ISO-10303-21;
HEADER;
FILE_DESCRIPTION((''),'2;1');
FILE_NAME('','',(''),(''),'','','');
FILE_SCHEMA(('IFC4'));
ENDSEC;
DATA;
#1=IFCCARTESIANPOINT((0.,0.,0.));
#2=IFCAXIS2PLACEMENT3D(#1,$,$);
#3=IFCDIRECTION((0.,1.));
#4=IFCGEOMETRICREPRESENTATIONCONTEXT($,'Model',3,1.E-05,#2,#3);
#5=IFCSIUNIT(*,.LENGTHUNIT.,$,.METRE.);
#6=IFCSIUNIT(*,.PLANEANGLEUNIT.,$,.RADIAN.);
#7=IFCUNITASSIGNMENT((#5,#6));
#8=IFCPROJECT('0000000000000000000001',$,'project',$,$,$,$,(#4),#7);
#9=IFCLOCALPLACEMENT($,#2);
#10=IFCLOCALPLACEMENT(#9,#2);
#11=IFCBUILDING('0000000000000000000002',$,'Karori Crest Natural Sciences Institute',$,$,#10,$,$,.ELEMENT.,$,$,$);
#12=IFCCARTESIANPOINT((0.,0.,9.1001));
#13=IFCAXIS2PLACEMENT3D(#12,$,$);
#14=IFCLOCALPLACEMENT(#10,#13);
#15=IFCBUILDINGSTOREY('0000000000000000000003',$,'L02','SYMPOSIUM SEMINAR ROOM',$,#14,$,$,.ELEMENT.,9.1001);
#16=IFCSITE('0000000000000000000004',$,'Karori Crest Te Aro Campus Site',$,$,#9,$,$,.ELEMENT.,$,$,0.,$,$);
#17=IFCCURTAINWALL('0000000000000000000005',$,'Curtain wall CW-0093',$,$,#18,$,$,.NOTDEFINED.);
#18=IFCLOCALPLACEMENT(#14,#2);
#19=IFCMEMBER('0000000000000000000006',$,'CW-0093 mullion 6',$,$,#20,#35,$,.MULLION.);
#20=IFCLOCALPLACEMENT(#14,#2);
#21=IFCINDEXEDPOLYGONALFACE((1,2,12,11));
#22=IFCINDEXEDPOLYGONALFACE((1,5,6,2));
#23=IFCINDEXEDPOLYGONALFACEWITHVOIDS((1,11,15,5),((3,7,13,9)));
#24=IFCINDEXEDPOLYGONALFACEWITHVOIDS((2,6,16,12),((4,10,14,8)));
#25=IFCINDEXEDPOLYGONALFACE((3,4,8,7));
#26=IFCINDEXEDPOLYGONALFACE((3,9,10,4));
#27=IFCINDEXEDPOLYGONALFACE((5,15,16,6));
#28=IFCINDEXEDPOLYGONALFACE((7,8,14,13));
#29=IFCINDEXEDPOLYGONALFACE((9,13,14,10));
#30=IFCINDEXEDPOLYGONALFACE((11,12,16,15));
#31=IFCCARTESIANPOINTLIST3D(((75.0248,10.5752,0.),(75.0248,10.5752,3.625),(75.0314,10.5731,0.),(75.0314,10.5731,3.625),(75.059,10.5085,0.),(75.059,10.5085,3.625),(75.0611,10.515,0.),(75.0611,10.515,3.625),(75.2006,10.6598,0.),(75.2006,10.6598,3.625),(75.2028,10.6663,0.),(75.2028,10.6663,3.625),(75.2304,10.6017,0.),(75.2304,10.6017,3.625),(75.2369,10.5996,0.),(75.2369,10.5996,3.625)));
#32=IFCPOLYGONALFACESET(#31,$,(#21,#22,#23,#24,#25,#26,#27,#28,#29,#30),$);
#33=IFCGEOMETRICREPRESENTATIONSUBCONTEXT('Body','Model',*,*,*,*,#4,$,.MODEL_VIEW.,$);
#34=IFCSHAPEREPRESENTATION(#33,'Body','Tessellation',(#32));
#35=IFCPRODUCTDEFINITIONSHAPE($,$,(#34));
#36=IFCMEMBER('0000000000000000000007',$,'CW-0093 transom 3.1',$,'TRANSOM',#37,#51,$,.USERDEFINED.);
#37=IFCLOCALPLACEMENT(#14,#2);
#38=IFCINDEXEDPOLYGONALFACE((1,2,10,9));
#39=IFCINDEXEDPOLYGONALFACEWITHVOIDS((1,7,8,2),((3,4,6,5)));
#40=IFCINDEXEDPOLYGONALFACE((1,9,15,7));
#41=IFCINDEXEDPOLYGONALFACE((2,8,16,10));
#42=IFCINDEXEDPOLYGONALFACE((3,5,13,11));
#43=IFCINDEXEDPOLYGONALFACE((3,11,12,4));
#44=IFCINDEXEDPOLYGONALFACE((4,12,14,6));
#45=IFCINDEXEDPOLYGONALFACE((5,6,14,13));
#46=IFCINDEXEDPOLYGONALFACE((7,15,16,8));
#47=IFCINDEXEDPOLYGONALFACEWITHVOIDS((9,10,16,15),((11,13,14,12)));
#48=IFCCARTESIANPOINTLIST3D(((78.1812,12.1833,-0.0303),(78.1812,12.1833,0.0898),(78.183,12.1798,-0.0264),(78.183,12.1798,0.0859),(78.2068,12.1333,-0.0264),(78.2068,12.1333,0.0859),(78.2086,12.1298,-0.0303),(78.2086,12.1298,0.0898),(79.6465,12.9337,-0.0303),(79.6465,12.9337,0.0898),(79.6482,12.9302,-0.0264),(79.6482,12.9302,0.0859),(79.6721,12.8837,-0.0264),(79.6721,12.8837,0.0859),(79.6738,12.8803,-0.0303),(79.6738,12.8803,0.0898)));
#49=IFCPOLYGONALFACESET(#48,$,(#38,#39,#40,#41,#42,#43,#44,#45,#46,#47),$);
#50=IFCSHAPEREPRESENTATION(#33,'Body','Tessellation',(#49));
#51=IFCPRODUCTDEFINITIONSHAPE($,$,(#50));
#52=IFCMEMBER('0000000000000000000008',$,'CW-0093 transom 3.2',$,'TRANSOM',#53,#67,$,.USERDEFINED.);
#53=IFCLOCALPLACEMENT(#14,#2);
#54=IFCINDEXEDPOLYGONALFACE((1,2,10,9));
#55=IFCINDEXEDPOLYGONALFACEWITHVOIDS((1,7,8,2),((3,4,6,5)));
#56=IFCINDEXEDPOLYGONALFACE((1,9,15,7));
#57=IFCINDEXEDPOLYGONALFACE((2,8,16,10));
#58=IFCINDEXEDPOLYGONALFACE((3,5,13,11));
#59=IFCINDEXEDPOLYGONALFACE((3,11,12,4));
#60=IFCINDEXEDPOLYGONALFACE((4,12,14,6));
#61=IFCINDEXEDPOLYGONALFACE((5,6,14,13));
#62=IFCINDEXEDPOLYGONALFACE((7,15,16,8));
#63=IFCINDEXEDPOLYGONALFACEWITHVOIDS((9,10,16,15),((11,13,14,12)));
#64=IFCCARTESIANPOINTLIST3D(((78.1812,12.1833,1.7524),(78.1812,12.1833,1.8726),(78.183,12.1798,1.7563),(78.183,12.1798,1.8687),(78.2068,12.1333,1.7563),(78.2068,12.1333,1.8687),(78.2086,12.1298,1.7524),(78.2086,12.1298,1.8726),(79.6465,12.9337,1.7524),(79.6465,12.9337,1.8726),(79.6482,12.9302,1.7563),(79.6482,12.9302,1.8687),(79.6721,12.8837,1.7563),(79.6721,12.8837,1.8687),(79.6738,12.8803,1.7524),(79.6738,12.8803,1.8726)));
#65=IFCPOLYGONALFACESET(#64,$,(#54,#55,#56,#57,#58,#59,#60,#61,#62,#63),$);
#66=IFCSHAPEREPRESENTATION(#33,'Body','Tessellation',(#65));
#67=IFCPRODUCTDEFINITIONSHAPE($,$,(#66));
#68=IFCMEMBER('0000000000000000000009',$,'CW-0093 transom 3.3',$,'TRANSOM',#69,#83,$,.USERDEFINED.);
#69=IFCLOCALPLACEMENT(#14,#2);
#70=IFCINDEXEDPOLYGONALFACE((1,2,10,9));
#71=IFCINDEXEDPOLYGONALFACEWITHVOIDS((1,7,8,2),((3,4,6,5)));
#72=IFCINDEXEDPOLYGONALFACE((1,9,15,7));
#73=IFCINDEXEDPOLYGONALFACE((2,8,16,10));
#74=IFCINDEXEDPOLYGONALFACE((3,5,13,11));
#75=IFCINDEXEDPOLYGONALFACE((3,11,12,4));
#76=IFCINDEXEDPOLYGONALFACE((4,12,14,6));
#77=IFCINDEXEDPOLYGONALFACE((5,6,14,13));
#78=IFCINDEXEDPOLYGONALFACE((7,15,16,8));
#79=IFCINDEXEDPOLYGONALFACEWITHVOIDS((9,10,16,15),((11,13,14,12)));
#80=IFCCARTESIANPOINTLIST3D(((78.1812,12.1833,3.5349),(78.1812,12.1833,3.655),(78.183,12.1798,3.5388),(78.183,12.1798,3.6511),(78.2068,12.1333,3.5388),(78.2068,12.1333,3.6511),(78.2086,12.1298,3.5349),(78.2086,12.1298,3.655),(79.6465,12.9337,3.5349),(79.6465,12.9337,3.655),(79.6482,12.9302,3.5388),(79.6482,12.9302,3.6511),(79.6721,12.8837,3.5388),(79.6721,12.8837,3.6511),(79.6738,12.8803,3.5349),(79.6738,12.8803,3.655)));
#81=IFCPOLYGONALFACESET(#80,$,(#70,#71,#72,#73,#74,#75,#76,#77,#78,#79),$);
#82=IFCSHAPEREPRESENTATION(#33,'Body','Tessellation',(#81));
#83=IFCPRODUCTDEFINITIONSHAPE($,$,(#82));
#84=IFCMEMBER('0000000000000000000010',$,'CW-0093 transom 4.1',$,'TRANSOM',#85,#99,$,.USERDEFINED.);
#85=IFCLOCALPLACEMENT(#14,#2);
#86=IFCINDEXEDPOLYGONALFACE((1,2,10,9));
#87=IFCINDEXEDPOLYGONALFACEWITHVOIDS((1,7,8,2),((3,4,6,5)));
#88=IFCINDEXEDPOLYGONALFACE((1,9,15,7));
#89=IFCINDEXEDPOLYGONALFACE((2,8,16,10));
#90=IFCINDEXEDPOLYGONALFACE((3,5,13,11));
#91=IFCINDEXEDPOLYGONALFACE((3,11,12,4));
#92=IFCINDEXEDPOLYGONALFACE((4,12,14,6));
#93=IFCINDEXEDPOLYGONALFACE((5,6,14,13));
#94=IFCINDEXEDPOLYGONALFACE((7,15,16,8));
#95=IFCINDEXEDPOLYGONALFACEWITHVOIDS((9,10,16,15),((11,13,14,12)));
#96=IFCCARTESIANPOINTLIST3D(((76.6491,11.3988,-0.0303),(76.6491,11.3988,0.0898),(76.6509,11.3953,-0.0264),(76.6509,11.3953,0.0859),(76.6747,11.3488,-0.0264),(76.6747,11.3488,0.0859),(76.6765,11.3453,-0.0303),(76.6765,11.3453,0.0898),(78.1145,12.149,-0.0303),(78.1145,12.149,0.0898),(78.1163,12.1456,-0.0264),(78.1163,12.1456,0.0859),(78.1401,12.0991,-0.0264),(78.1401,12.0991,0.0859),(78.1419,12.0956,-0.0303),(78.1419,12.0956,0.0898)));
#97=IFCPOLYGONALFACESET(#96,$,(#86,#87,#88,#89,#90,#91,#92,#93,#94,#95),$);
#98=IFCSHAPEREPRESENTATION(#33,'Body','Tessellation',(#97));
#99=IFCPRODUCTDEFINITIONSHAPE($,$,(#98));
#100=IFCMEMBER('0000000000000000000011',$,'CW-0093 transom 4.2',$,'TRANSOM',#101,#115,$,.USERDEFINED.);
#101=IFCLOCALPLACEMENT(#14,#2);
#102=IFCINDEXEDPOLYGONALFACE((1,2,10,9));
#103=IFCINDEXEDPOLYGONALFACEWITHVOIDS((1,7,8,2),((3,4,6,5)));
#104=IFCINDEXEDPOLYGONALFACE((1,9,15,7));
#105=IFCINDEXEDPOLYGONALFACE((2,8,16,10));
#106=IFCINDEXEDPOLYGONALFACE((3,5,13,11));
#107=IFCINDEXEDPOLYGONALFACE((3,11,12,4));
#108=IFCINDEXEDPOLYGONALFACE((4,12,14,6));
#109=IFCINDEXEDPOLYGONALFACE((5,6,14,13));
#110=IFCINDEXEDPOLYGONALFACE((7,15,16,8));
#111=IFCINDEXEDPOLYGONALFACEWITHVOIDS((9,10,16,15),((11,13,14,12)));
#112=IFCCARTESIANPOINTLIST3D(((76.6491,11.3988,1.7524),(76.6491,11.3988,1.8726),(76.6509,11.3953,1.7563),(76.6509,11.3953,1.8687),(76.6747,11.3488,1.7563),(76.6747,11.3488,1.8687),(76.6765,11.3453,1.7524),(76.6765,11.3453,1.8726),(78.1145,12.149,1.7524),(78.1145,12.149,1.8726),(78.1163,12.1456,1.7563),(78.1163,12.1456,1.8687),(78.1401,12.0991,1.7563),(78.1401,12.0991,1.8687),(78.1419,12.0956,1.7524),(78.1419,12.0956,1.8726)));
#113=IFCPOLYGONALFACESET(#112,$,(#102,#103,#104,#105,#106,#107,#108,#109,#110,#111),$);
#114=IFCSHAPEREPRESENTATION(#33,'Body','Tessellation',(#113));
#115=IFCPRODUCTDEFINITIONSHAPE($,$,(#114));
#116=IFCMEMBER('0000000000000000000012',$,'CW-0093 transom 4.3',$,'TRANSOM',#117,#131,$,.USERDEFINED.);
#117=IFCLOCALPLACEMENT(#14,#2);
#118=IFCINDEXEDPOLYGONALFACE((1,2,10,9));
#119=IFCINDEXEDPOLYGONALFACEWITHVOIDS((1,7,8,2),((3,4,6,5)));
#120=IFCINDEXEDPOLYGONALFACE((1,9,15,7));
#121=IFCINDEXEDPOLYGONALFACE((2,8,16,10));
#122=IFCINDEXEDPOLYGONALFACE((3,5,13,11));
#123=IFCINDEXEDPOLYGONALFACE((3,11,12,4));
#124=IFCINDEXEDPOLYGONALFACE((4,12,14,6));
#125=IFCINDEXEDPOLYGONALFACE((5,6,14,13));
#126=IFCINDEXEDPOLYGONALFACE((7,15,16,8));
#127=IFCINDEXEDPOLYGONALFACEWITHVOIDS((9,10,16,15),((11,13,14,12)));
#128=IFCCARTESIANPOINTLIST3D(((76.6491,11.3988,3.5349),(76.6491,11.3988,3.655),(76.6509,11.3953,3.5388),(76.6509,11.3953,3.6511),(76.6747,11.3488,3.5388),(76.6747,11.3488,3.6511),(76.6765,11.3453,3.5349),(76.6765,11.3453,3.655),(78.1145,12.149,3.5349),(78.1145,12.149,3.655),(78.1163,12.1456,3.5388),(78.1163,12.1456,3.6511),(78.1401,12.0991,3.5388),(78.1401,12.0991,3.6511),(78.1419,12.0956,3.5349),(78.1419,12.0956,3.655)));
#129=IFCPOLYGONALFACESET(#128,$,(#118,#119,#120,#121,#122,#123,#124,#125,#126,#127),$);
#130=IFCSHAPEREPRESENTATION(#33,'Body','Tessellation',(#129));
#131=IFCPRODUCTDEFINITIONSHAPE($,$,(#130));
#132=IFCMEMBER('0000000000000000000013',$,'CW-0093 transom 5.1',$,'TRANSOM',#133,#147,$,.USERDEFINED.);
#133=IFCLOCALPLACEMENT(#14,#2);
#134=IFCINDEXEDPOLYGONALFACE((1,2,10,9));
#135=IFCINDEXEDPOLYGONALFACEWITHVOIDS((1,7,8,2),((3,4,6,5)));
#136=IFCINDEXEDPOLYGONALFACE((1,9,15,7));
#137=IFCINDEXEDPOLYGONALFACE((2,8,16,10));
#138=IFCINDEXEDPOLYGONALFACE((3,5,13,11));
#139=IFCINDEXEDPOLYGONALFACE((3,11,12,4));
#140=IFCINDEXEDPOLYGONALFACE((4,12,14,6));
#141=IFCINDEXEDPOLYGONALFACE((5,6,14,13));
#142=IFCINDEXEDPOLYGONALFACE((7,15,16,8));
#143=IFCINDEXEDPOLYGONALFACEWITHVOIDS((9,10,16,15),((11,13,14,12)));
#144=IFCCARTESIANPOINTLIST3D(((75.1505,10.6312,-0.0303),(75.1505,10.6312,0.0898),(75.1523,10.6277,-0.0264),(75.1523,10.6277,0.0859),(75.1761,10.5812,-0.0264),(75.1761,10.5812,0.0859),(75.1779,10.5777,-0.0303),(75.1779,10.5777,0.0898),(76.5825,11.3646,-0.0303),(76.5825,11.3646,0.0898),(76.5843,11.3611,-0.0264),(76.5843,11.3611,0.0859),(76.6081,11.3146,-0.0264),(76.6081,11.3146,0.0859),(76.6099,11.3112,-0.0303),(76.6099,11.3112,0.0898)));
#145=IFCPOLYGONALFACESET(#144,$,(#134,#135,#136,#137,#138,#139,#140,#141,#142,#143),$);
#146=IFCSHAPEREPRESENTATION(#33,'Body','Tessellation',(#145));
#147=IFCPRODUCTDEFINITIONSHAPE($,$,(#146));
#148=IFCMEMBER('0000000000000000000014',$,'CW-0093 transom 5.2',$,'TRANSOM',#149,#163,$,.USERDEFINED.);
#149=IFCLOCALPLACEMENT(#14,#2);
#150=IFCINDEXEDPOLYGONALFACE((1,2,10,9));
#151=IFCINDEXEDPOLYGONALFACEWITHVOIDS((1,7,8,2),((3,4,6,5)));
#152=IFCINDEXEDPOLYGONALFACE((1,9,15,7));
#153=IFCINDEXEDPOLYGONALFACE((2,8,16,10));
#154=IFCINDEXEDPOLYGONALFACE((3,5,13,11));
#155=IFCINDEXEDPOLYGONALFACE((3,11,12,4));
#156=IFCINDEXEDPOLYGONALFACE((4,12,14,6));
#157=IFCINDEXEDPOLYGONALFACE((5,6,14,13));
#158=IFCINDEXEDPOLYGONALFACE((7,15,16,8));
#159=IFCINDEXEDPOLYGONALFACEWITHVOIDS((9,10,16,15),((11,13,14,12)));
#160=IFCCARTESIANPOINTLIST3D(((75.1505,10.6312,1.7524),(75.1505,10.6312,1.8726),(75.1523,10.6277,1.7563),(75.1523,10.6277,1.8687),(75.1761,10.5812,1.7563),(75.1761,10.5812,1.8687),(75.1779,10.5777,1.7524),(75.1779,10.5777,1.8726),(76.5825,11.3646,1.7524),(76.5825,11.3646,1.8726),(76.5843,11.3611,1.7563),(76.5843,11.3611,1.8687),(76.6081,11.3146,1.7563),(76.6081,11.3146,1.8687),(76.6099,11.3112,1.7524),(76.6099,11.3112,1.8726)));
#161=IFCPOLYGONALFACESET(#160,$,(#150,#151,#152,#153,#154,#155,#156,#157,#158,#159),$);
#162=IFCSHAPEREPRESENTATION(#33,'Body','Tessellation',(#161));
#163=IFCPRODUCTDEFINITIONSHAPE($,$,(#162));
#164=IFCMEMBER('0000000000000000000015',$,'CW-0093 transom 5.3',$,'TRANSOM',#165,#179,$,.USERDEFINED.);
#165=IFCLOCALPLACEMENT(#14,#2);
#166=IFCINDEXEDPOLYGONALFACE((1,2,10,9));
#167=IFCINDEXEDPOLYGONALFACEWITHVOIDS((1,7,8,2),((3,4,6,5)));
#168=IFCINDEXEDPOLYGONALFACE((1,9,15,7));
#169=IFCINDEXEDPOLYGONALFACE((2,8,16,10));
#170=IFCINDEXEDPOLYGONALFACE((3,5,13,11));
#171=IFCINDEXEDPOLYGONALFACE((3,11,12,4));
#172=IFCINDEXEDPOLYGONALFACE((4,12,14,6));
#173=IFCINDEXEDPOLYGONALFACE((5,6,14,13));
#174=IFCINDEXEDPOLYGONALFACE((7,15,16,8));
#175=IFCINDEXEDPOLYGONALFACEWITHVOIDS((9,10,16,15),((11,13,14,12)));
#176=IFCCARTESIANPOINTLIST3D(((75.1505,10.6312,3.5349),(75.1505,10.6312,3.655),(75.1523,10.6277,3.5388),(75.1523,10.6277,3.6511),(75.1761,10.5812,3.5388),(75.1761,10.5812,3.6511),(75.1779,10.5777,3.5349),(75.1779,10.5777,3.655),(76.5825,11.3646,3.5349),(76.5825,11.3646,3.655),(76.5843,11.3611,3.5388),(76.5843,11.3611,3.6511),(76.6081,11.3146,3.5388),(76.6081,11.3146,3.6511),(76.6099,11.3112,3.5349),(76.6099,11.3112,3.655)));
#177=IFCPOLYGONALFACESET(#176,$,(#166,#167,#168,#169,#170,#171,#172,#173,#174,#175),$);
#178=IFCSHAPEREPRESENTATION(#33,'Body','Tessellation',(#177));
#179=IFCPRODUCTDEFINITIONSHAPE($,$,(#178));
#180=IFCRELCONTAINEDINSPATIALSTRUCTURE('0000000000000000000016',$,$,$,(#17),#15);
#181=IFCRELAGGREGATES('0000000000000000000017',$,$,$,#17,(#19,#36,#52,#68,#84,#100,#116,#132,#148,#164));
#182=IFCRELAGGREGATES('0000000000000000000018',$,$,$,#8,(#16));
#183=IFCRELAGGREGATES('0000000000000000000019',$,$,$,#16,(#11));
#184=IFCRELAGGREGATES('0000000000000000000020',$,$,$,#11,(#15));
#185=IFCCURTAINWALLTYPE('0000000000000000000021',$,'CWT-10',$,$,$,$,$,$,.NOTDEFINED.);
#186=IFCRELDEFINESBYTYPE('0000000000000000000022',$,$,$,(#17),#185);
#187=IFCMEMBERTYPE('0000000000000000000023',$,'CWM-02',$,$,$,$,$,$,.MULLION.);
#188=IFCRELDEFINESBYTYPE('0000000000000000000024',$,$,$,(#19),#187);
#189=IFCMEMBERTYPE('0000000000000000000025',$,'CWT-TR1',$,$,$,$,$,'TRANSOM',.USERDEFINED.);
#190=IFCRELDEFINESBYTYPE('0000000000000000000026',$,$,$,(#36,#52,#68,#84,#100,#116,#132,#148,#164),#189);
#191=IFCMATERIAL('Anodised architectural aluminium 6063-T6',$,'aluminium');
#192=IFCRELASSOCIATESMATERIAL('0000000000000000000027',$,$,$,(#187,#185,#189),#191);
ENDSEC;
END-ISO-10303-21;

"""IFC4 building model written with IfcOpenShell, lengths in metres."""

from ifc_helpers import new_model, si_unit, direction, frame, origin, origin_2d, place, context, subcontext, project, spatial, hollow_rectangle, extrude, material, material_profile, profile_set, type_object, element, aggregate, save


model = new_model("IFC4")

# Units and contexts
model_context = context("Model", 3, precision=1e-05, world=origin(), true_north=direction((0.0, 1.0)))
body_context = subcontext(model_context, "Body", "Model", "MODEL_VIEW")
ifc_project = project(units=[si_unit("LENGTHUNIT", "METRE"), si_unit("PLANEANGLEUNIT", "RADIAN")], contexts=[model_context])

# Site, building, storey
site_placement = place(None, origin())
site = spatial("IfcSite", under=ifc_project, at=site_placement, Name="Karori Crest Te Aro Campus Site", CompositionType="ELEMENT", RefElevation=0.0)
building_placement = place(site_placement, origin())
building = spatial("IfcBuilding", under=site, at=building_placement, Name="Karori Crest Natural Sciences Institute", CompositionType="ELEMENT")
storey_placement = place(building_placement, frame((0.0, 0.0, 9.1001)))
storey = spatial("IfcBuildingStorey", under=building, at=storey_placement, Name="L02", Description="SYMPOSIUM SEMINAR ROOM", CompositionType="ELEMENT", Elevation=9.1001)

# Shared definitions
ifc_material_1 = material(Name="Anodised architectural aluminium 6063-T6", Category="aluminium")
ifc_material_profile_1 = material_profile(ifc_material_1, hollow_rectangle(XDim=0.075, YDim=0.2, WallThickness=0.0049, at=origin_2d()), Name="CWM200x75x5")
ifc_profile_set_1 = profile_set([ifc_material_profile_1], Name="Anodised architectural aluminium 6063-T6")
member_type_1 = type_object("IfcMemberType", Name="CWM-02", PredefinedType="MULLION", material=ifc_profile_set_1)

# Curtain wall, members
curtain_wall_type_1 = type_object("IfcCurtainWallType", Name="CWT-10", PredefinedType="NOTDEFINED", material=ifc_material_1)
curtain_wall_1_placement = place(storey_placement, origin())
curtain_wall_1 = element("IfcCurtainWall", 1, at=curtain_wall_1_placement, inside=storey, type_object=curtain_wall_type_1, Name="Curtain wall CW-0093", PredefinedType="NOTDEFINED")
member_1_placement = place(storey_placement, frame((75.1309, 10.5874, 0.0), z_axis=(0.0, 0.0, 1.0), x_axis=(0.455833, -0.890065, 0.0)))
member_1 = element("IfcMember", 2, at=member_1_placement, type_object=member_type_1, Name="CW-0093 mullion 6", PredefinedType="MULLION", context=body_context, shape_type="SweptSolid", body=[
    extrude(hollow_rectangle(XDim=0.075, YDim=0.2, WallThickness=0.0049, at=origin_2d()), origin(), (0.0, 0.0, 1.0), 3.625),
])
ifc_material_profile_2 = material_profile(ifc_material_1, hollow_rectangle(XDim=0.0601, YDim=0.1201, WallThickness=0.0039, at=origin_2d()), Name="CWT120x60x4")
ifc_profile_set_2 = profile_set([ifc_material_profile_2], Name="Anodised architectural aluminium 6063-T6")
member_type_2 = type_object("IfcMemberType", Name="CWT-TR1", ElementType="TRANSOM", PredefinedType="USERDEFINED", material=ifc_profile_set_2)
member_2_placement = place(storey_placement, frame((79.6602, 12.907, 0.0298), z_axis=(-0.890055, -0.455853, 0.0), x_axis=(0.455853, -0.890055, 0.0)))
member_2 = element("IfcMember", 3, at=member_2_placement, type_object=member_type_2, Name="CW-0093 transom 3.1", ObjectType="TRANSOM", PredefinedType="USERDEFINED", context=body_context, shape_type="SweptSolid", body=[
    extrude(hollow_rectangle(XDim=0.0601, YDim=0.1201, WallThickness=0.0039, at=origin_2d()), origin(), (0.0, 0.0, 1.0), 1.6462),
])
member_3_placement = place(storey_placement, frame((79.6602, 12.907, 1.8125), z_axis=(-0.890055, -0.455853, 0.0), x_axis=(0.455853, -0.890055, 0.0)))
member_3 = element("IfcMember", 4, at=member_3_placement, type_object=member_type_2, Name="CW-0093 transom 3.2", ObjectType="TRANSOM", PredefinedType="USERDEFINED", context=body_context, shape_type="SweptSolid", body=[
    extrude(hollow_rectangle(XDim=0.0601, YDim=0.1201, WallThickness=0.0039, at=origin_2d()), origin(), (0.0, 0.0, 1.0), 1.6462),
])
member_4_placement = place(storey_placement, frame((79.6602, 12.907, 3.595), z_axis=(-0.890055, -0.455853, 0.0), x_axis=(0.455853, -0.890055, 0.0)))
member_4 = element("IfcMember", 5, at=member_4_placement, type_object=member_type_2, Name="CW-0093 transom 3.3", ObjectType="TRANSOM", PredefinedType="USERDEFINED", context=body_context, shape_type="SweptSolid", body=[
    extrude(hollow_rectangle(XDim=0.0601, YDim=0.1201, WallThickness=0.0039, at=origin_2d()), origin(), (0.0, 0.0, 1.0), 1.6462),
])
member_5_placement = place(storey_placement, frame((78.1282, 12.1223, 0.0298), z_axis=(-0.890115, -0.455735, 0.0), x_axis=(0.455735, -0.890115, 0.0)))
member_5 = element("IfcMember", 6, at=member_5_placement, type_object=member_type_2, Name="CW-0093 transom 4.1", ObjectType="TRANSOM", PredefinedType="USERDEFINED", context=body_context, shape_type="SweptSolid", body=[
    extrude(hollow_rectangle(XDim=0.0601, YDim=0.1201, WallThickness=0.0039, at=origin_2d()), origin(), (0.0, 0.0, 1.0), 1.6462),
])
member_6_placement = place(storey_placement, frame((78.1282, 12.1223, 1.8125), z_axis=(-0.890115, -0.455735, 0.0), x_axis=(0.455735, -0.890115, 0.0)))
member_6 = element("IfcMember", 7, at=member_6_placement, type_object=member_type_2, Name="CW-0093 transom 4.2", ObjectType="TRANSOM", PredefinedType="USERDEFINED", context=body_context, shape_type="SweptSolid", body=[
    extrude(hollow_rectangle(XDim=0.0601, YDim=0.1201, WallThickness=0.0039, at=origin_2d()), origin(), (0.0, 0.0, 1.0), 1.6462),
])
member_7_placement = place(storey_placement, frame((78.1282, 12.1223, 3.595), z_axis=(-0.890115, -0.455735, 0.0), x_axis=(0.455735, -0.890115, 0.0)))
member_7 = element("IfcMember", 8, at=member_7_placement, type_object=member_type_2, Name="CW-0093 transom 4.3", ObjectType="TRANSOM", PredefinedType="USERDEFINED", context=body_context, shape_type="SweptSolid", body=[
    extrude(hollow_rectangle(XDim=0.0601, YDim=0.1201, WallThickness=0.0039, at=origin_2d()), origin(), (0.0, 0.0, 1.0), 1.6462),
])
member_8_placement = place(storey_placement, frame((76.5962, 11.3379, 0.0298), z_axis=(-0.890045, -0.455873, 0.0), x_axis=(0.455873, -0.890045, 0.0)))
member_8 = element("IfcMember", 9, at=member_8_placement, type_object=member_type_2, Name="CW-0093 transom 5.1", ObjectType="TRANSOM", PredefinedType="USERDEFINED", context=body_context, shape_type="SweptSolid", body=[
    extrude(hollow_rectangle(XDim=0.0601, YDim=0.1201, WallThickness=0.0039, at=origin_2d()), origin(), (0.0, 0.0, 1.0), 1.6089),
])
member_9_placement = place(storey_placement, frame((76.5962, 11.3379, 1.8125), z_axis=(-0.890045, -0.455873, 0.0), x_axis=(0.455873, -0.890045, 0.0)))
member_9 = element("IfcMember", 10, at=member_9_placement, type_object=member_type_2, Name="CW-0093 transom 5.2", ObjectType="TRANSOM", PredefinedType="USERDEFINED", context=body_context, shape_type="SweptSolid", body=[
    extrude(hollow_rectangle(XDim=0.0601, YDim=0.1201, WallThickness=0.0039, at=origin_2d()), origin(), (0.0, 0.0, 1.0), 1.6089),
])
member_10_placement = place(storey_placement, frame((76.5962, 11.3379, 3.595), z_axis=(-0.890045, -0.455873, 0.0), x_axis=(0.455873, -0.890045, 0.0)))
member_10 = element("IfcMember", 11, at=member_10_placement, type_object=member_type_2, Name="CW-0093 transom 5.3", ObjectType="TRANSOM", PredefinedType="USERDEFINED", context=body_context, shape_type="SweptSolid", body=[
    extrude(hollow_rectangle(XDim=0.0601, YDim=0.1201, WallThickness=0.0039, at=origin_2d()), origin(), (0.0, 0.0, 1.0), 1.6089),
])

aggregate(curtain_wall_1, [member_1, member_2, member_3, member_4, member_5, member_6, member_7, member_8, member_9, member_10])

save(model, "model.ifc")
